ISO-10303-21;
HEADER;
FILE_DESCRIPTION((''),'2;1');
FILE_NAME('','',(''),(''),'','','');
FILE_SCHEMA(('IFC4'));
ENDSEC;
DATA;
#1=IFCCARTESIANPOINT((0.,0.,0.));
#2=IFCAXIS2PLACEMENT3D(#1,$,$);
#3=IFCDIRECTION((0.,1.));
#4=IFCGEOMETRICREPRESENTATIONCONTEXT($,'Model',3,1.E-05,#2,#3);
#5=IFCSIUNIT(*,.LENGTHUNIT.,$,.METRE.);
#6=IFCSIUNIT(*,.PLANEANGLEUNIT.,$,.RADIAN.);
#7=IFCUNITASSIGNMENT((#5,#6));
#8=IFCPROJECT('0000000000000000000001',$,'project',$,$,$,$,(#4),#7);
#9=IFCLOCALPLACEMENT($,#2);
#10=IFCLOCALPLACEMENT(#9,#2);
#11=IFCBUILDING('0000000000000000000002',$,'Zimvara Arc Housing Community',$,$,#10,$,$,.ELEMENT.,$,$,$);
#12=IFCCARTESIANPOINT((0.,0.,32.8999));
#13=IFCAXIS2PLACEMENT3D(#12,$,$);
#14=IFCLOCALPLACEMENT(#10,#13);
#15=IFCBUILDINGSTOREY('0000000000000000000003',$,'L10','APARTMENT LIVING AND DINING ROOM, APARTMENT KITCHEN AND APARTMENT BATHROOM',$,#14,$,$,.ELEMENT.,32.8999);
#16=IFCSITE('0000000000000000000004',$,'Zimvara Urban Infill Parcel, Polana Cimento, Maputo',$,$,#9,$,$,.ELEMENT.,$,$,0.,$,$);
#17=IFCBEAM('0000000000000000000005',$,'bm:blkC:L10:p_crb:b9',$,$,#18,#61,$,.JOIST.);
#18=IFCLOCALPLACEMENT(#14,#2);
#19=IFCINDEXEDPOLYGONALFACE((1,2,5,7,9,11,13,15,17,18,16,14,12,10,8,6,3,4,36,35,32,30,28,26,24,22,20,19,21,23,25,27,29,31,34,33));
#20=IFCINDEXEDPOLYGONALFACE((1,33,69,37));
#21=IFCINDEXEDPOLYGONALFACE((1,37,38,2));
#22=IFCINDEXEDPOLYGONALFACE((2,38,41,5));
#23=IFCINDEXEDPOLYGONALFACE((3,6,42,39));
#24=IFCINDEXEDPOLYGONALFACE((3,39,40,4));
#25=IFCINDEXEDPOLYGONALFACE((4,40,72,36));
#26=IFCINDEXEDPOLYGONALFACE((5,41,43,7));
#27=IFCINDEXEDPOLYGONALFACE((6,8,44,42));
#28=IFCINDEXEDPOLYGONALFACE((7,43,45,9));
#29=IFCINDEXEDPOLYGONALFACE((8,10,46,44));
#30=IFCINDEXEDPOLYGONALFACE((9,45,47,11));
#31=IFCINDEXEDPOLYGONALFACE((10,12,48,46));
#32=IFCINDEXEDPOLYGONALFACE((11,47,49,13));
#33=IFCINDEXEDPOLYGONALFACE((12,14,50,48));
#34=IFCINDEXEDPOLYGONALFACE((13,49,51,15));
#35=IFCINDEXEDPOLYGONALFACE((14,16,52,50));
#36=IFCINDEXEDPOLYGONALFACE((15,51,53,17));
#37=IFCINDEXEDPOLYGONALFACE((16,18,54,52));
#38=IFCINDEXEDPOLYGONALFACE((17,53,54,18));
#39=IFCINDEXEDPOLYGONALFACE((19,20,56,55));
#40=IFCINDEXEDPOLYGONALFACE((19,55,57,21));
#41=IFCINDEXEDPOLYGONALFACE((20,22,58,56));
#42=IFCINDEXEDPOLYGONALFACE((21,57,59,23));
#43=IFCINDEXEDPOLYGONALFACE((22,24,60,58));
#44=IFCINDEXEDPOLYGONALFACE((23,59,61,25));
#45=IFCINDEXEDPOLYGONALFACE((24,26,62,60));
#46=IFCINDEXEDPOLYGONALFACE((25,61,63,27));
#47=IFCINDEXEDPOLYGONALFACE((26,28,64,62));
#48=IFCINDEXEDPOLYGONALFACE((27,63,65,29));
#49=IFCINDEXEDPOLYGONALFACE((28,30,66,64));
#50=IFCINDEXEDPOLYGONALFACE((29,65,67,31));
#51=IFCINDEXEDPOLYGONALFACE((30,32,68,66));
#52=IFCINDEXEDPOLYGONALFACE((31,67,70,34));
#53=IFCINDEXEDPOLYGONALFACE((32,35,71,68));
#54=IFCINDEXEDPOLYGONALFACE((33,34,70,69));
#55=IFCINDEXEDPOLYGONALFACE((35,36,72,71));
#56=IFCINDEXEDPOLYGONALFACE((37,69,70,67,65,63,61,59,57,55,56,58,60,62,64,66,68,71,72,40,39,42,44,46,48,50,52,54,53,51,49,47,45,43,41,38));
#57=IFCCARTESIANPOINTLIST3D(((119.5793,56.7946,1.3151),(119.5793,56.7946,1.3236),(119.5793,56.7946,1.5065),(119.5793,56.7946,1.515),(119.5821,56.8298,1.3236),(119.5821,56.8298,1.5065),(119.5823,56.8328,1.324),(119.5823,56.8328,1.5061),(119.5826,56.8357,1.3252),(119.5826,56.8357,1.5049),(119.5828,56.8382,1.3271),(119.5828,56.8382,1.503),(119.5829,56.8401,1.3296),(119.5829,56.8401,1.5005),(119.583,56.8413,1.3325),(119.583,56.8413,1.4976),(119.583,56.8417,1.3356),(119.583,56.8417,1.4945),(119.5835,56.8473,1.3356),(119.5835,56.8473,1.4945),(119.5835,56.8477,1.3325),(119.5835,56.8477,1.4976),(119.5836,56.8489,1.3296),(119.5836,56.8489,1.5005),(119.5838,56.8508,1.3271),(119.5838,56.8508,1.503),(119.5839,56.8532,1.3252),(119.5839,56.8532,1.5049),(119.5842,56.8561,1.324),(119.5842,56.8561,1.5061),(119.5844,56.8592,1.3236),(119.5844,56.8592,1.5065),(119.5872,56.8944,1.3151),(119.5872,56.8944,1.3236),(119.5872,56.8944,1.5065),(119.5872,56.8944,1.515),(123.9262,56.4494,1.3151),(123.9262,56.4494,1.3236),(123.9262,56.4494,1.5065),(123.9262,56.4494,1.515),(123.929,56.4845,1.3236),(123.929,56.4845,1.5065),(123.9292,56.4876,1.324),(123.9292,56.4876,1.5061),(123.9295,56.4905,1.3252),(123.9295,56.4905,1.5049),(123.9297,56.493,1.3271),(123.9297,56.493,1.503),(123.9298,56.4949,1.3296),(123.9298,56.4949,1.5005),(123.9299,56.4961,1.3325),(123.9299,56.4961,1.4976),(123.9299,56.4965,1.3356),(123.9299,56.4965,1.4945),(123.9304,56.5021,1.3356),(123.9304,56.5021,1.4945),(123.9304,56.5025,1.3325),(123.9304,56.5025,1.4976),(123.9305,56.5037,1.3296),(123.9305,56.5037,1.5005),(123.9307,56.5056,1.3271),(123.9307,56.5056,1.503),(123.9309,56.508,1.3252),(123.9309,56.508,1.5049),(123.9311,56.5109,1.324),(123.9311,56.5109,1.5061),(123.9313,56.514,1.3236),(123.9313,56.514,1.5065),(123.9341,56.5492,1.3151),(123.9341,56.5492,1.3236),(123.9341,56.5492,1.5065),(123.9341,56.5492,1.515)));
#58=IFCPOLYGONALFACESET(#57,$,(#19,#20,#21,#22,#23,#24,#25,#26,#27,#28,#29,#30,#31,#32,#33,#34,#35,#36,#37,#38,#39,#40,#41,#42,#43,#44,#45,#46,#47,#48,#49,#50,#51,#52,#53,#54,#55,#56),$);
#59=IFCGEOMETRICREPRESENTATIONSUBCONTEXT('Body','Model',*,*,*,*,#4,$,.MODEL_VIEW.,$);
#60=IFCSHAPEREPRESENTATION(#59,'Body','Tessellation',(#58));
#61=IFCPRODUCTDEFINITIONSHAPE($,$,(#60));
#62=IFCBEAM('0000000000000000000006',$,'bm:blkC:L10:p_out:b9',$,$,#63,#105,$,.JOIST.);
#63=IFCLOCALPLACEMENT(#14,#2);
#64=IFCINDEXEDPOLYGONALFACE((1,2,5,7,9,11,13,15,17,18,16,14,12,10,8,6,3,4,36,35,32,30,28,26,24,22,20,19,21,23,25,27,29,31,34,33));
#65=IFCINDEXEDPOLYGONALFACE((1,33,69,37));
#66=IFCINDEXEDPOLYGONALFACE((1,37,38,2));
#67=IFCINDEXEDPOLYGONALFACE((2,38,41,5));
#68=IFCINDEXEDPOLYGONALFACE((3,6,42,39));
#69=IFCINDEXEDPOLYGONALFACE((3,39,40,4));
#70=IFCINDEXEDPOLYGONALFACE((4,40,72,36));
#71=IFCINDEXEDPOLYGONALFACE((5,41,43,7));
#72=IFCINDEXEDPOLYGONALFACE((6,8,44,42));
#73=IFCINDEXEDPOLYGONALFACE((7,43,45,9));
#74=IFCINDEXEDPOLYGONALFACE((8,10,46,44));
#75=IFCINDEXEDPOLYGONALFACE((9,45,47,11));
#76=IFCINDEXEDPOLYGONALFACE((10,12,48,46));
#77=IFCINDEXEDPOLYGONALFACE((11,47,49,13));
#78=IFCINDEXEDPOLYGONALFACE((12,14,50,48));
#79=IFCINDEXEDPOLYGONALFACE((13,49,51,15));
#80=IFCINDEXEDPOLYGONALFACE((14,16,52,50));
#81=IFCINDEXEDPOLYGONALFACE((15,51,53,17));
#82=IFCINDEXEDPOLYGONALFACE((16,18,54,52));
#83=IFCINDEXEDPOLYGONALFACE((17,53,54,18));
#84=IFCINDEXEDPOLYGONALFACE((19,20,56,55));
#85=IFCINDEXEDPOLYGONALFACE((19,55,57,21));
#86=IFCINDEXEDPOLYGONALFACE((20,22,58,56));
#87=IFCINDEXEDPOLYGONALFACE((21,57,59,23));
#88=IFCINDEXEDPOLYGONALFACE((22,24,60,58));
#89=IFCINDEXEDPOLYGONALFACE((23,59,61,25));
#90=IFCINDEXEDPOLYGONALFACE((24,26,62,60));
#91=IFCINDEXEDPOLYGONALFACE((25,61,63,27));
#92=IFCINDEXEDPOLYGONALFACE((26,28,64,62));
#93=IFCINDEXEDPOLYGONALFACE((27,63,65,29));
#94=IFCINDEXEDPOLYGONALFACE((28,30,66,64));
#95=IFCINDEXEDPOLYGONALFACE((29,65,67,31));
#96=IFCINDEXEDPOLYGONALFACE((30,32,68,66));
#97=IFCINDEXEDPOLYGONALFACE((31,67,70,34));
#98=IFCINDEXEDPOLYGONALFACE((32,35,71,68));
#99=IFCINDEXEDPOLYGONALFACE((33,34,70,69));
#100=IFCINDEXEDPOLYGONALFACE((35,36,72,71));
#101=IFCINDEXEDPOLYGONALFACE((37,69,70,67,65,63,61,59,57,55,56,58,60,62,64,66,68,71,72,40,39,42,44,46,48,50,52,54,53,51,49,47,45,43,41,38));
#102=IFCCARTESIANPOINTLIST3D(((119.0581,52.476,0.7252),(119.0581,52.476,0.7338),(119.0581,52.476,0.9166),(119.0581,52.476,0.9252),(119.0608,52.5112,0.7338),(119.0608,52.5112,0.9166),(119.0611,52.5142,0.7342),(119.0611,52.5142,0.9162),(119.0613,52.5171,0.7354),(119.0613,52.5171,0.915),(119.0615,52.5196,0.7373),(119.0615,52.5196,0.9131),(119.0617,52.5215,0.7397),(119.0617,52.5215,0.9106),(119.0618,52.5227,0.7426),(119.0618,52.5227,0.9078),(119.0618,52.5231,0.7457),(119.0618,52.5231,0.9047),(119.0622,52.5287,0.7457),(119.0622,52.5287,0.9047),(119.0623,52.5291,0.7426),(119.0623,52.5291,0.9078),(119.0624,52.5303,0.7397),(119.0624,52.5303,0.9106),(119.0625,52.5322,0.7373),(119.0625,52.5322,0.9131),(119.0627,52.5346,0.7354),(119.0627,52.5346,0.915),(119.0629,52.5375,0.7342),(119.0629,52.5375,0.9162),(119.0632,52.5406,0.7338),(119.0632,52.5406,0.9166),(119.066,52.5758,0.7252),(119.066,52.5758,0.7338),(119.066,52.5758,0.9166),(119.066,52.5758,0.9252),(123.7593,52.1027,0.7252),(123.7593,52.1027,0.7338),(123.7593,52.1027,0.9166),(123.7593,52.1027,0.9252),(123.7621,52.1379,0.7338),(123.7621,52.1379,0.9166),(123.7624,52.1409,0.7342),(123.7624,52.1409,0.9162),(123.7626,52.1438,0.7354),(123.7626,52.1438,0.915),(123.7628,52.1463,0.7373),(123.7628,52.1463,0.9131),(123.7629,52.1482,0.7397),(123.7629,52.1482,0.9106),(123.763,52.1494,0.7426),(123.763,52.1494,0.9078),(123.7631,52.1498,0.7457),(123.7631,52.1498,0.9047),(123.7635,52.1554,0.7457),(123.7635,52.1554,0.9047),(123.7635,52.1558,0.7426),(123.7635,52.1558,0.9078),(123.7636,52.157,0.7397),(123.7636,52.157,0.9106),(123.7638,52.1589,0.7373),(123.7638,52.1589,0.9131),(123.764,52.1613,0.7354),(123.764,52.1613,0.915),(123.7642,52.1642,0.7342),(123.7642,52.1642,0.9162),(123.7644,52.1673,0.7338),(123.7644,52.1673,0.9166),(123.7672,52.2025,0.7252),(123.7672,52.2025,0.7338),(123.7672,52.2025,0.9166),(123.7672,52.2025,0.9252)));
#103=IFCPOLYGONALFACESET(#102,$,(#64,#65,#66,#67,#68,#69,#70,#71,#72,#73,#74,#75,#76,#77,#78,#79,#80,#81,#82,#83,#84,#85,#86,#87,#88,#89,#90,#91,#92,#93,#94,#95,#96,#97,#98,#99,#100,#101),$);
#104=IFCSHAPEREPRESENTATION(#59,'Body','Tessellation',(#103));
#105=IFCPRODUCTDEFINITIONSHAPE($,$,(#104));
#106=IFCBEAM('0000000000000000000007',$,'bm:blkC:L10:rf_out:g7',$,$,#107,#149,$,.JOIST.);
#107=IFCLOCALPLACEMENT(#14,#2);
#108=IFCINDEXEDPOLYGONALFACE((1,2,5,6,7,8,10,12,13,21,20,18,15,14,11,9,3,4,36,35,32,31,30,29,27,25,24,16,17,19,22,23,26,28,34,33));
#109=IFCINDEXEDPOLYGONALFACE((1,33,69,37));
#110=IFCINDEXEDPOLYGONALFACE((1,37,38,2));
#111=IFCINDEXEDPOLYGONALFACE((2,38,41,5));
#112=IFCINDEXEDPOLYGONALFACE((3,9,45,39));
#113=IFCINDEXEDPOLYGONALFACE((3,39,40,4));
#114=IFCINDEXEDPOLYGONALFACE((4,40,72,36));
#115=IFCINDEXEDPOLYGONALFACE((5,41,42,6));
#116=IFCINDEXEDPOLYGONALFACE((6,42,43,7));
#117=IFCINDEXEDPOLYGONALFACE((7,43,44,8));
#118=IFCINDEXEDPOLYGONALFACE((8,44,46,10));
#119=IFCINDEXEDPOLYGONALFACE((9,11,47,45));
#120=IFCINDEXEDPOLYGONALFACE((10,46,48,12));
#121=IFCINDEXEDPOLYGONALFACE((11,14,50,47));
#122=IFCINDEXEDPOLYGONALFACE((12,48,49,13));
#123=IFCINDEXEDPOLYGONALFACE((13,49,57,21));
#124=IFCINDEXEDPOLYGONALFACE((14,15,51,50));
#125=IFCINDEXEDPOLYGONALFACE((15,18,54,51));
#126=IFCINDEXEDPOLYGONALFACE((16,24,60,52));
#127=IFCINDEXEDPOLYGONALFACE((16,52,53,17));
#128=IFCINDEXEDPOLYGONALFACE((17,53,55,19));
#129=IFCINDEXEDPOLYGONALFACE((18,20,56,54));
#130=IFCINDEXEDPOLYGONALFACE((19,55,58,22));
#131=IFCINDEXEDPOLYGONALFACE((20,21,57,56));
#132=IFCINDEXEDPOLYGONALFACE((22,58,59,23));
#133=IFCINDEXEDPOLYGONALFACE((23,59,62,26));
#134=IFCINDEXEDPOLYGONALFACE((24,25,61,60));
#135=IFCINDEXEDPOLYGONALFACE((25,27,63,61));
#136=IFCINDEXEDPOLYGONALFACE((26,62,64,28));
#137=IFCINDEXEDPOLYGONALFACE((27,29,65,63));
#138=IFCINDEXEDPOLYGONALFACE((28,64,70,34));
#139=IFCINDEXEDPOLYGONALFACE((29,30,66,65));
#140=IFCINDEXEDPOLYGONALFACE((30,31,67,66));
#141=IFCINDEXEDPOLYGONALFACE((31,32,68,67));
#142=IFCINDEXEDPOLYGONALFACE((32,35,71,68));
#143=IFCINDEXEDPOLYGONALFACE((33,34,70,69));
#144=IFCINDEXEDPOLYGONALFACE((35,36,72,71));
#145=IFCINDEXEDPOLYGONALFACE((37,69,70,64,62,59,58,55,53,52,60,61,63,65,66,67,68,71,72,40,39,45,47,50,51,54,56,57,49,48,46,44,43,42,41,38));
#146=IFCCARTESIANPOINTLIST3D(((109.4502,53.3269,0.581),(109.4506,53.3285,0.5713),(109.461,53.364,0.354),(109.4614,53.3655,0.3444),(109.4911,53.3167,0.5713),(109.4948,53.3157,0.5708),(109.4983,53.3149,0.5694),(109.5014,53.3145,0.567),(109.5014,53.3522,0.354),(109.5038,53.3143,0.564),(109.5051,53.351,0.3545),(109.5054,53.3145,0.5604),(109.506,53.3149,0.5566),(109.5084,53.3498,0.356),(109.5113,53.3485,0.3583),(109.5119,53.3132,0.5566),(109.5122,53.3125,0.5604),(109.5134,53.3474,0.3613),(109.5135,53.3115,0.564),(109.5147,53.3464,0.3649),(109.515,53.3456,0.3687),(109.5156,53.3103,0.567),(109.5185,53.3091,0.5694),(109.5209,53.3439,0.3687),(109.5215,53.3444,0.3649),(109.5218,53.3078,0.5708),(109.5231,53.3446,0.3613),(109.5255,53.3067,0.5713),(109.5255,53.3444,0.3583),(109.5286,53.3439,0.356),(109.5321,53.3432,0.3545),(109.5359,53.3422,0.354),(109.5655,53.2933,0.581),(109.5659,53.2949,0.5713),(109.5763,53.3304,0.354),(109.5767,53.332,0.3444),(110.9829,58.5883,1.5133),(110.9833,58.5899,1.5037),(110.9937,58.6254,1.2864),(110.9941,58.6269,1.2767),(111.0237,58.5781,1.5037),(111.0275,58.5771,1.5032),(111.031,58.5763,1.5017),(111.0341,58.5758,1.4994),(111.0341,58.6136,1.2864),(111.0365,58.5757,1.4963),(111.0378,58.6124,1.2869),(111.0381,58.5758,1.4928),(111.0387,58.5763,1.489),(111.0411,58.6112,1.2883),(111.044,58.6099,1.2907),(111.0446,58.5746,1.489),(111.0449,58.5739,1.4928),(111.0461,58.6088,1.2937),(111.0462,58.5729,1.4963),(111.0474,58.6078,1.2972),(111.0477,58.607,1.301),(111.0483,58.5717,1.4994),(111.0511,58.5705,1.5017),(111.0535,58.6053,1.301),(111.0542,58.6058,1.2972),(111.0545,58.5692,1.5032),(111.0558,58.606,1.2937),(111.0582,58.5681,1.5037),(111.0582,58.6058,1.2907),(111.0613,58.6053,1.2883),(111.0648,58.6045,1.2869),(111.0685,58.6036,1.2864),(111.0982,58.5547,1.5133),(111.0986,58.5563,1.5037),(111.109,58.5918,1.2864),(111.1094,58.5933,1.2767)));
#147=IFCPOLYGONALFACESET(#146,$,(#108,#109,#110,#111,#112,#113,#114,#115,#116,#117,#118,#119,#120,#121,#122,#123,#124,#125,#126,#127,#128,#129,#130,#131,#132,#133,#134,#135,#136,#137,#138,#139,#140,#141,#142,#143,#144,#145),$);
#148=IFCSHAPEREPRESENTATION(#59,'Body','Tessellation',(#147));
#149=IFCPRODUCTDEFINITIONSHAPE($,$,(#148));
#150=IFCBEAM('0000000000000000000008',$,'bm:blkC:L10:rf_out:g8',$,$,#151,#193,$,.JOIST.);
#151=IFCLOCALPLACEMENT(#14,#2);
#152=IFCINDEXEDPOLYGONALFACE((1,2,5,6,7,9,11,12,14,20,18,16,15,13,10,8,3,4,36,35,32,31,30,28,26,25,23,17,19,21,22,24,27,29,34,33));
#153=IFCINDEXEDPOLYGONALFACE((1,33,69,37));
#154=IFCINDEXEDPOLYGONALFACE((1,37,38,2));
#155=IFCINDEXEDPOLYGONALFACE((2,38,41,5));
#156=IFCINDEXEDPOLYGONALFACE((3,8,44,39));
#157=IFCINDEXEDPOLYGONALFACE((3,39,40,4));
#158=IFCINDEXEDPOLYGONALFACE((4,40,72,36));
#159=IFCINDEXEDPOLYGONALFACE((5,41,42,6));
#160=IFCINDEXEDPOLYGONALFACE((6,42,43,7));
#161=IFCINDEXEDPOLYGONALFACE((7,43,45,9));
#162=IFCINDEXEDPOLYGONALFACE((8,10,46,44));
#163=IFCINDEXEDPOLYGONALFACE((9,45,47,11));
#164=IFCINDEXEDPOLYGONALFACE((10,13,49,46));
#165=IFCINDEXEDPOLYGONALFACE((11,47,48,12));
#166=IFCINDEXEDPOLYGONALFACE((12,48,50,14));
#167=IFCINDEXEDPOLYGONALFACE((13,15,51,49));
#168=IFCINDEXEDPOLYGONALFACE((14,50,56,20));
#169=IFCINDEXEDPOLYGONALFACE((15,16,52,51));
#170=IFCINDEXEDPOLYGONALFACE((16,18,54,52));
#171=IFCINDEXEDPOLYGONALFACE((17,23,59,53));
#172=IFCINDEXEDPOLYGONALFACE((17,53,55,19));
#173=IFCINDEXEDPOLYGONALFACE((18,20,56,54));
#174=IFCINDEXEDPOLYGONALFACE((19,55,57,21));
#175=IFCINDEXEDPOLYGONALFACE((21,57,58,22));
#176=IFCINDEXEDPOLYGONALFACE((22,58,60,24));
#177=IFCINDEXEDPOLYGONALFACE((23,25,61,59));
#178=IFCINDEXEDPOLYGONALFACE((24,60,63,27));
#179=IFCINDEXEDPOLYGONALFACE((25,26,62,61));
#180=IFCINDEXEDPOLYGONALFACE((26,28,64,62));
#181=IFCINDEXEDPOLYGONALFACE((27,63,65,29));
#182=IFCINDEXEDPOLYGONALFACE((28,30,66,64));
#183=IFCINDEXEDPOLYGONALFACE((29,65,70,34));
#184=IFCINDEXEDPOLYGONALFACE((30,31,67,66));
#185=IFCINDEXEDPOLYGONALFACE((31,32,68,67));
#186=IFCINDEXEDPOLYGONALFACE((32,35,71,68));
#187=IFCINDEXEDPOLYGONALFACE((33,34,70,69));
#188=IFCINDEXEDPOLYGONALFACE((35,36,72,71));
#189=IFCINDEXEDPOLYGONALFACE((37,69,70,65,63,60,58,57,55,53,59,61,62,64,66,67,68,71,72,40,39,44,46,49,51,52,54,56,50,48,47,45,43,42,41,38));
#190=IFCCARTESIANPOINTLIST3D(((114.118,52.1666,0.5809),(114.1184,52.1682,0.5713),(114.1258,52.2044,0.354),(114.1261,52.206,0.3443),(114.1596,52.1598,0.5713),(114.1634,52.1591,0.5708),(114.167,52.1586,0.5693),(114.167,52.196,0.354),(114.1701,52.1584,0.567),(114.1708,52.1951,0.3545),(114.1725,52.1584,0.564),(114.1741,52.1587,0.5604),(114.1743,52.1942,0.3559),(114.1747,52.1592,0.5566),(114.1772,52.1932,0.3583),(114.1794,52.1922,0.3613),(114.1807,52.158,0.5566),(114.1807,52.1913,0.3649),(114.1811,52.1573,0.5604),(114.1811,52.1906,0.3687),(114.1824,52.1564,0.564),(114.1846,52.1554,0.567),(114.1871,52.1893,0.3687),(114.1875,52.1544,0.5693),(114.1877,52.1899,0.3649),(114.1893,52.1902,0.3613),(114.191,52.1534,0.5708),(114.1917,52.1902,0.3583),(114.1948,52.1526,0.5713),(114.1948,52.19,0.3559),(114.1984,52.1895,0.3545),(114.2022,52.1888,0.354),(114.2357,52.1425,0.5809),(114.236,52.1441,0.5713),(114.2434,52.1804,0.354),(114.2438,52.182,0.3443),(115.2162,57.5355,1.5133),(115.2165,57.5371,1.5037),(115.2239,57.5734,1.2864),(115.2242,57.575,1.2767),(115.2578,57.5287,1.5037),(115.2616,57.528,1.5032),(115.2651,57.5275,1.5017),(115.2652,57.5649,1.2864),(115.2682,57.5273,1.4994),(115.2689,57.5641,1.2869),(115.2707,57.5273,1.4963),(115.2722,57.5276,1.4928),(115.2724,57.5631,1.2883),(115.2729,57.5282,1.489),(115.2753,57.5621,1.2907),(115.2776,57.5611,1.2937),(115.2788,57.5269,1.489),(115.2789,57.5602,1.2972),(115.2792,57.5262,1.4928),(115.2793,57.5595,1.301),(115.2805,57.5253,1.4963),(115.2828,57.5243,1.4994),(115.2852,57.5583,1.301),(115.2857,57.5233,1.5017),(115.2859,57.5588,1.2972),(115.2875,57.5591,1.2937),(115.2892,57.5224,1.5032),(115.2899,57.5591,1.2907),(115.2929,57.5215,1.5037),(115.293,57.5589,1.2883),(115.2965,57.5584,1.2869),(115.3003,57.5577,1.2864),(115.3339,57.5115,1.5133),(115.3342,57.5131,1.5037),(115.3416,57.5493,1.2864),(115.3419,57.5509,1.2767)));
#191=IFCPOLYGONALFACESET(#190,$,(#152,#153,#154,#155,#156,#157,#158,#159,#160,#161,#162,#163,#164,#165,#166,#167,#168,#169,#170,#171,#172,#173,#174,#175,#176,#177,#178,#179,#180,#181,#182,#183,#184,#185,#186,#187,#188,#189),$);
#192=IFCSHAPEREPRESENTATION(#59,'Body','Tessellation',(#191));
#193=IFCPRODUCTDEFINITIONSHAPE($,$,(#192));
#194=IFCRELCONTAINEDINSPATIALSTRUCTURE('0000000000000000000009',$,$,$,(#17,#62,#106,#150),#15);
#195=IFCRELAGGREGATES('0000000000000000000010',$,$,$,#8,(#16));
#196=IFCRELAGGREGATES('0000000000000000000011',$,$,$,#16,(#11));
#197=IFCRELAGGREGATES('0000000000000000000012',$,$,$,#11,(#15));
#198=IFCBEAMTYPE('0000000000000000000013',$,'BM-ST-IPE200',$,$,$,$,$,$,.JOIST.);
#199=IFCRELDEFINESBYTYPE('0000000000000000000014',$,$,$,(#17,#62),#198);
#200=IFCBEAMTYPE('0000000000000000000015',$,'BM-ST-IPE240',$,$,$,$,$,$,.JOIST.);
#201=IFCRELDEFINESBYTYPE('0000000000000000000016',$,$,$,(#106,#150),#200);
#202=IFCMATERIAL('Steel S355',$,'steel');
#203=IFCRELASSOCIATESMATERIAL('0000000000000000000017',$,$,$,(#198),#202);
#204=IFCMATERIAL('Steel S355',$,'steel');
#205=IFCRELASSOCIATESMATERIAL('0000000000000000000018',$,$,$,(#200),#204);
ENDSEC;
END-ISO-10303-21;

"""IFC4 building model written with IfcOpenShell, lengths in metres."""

from ifc_helpers import new_model, si_unit, direction, frame, origin, origin_2d, place, context, subcontext, project, spatial, i_section, extrude, material, material_profile, profile_set, type_object, element, save


model = new_model("IFC4")

# Units and contexts
model_context = context("Model", 3, precision=1e-05, world=origin(), true_north=direction((0.0, 1.0)))
body_context = subcontext(model_context, "Body", "Model", "MODEL_VIEW")
ifc_project = project(units=[si_unit("LENGTHUNIT", "METRE"), si_unit("PLANEANGLEUNIT", "RADIAN")], contexts=[model_context])

# Site, building, storey
site_placement = place(None, origin())
site = spatial("IfcSite", under=ifc_project, at=site_placement, Name="Zimvara Urban Infill Parcel, Polana Cimento, Maputo", CompositionType="ELEMENT", RefElevation=0.0)
building_placement = place(site_placement, origin())
building = spatial("IfcBuilding", under=site, at=building_placement, Name="Zimvara Arc Housing Community", CompositionType="ELEMENT")
storey_placement = place(building_placement, frame((0.0, 0.0, 32.8999)))
storey = spatial("IfcBuildingStorey", under=building, at=storey_placement, Name="L10", Description="APARTMENT LIVING AND DINING ROOM, APARTMENT KITCHEN AND APARTMENT BATHROOM", CompositionType="ELEMENT", Elevation=32.8999)

# Beams
ifc_material_1 = material(Name="Steel S355", Category="steel")
ifc_material_profile_1 = material_profile(ifc_material_1, i_section(OverallWidth=0.1001, OverallDepth=0.2, WebThickness=0.0056, FlangeThickness=0.0085, FilletRadius=0.012, at=origin_2d()), Name="IPE 200")
ifc_profile_set_1 = profile_set([ifc_material_profile_1], Name="Steel S355")
beam_type_1 = type_object("IfcBeamType", Name="BM-ST-IPE200", PredefinedType="JOIST", material=ifc_profile_set_1)
beam_1_placement = place(storey_placement, frame((119.5833, 56.8445, 1.415), z_axis=(0.996861, -0.079167, 0.0), x_axis=(0.079167, 0.996861, 0.0)))
element("IfcBeam", 1, at=beam_1_placement, inside=storey, type_object=beam_type_1, Name="bm:blkC:L10:p_crb:b9", PredefinedType="JOIST", context=body_context, shape_type="SweptSolid", body=[
    extrude(i_section(OverallWidth=0.1001, OverallDepth=0.2, WebThickness=0.0056, FlangeThickness=0.0085, FilletRadius=0.012, at=origin_2d()), origin(), (0.0, 0.0, 1.0), 4.3606),
])
beam_2_placement = place(storey_placement, frame((119.062, 52.5259, 0.8252), z_axis=(0.996862, -0.079155, 0.0), x_axis=(0.079155, 0.996862, 0.0)))
element("IfcBeam", 2, at=beam_2_placement, inside=storey, type_object=beam_type_1, Name="bm:blkC:L10:p_out:b9", PredefinedType="JOIST", context=body_context, shape_type="SweptSolid", body=[
    extrude(i_section(OverallWidth=0.1001, OverallDepth=0.2, WebThickness=0.0056, FlangeThickness=0.0085, FilletRadius=0.012, at=origin_2d()), origin(), (0.0, 0.0, 1.0), 4.7161),
])
ifc_material_2 = material(Name="Steel S355", Category="steel")
ifc_material_profile_2 = material_profile(ifc_material_2, i_section(OverallWidth=0.1201, OverallDepth=0.24, WebThickness=0.0061, FlangeThickness=0.0098, FilletRadius=0.0149, at=origin_2d()), Name="IPE 240")
ifc_profile_set_2 = profile_set([ifc_material_profile_2], Name="Steel S355")
beam_type_2 = type_object("IfcBeamType", Name="BM-ST-IPE240", PredefinedType="JOIST", material=ifc_profile_set_2)
for number, where, z_axis, x_axis, name in (
    (3, (111.0461, 58.5908, 1.395), (-0.275721, -0.946491, -0.167725), (0.960092, -0.279684, 0.0), "bm:blkC:L10:rf_out:g7"),
    (4, (115.2791, 57.5432, 1.395), (-0.197551, -0.965837, -0.167729), (0.979716, -0.200389, 0.0), "bm:blkC:L10:rf_out:g8"),
):
    element("IfcBeam", number, at=place(storey_placement, frame(where, z_axis=z_axis, x_axis=x_axis)), inside=storey, type_object=beam_type_2, Name=name, PredefinedType="JOIST", context=body_context, shape_type="SweptSolid", body=[
        extrude(i_section(OverallWidth=0.1201, OverallDepth=0.24, WebThickness=0.0061, FlangeThickness=0.0098, FilletRadius=0.0149, at=origin_2d()), origin(), (0.0, 0.0, 1.0), 5.5588),
    ])

save(model, "model.ifc")
